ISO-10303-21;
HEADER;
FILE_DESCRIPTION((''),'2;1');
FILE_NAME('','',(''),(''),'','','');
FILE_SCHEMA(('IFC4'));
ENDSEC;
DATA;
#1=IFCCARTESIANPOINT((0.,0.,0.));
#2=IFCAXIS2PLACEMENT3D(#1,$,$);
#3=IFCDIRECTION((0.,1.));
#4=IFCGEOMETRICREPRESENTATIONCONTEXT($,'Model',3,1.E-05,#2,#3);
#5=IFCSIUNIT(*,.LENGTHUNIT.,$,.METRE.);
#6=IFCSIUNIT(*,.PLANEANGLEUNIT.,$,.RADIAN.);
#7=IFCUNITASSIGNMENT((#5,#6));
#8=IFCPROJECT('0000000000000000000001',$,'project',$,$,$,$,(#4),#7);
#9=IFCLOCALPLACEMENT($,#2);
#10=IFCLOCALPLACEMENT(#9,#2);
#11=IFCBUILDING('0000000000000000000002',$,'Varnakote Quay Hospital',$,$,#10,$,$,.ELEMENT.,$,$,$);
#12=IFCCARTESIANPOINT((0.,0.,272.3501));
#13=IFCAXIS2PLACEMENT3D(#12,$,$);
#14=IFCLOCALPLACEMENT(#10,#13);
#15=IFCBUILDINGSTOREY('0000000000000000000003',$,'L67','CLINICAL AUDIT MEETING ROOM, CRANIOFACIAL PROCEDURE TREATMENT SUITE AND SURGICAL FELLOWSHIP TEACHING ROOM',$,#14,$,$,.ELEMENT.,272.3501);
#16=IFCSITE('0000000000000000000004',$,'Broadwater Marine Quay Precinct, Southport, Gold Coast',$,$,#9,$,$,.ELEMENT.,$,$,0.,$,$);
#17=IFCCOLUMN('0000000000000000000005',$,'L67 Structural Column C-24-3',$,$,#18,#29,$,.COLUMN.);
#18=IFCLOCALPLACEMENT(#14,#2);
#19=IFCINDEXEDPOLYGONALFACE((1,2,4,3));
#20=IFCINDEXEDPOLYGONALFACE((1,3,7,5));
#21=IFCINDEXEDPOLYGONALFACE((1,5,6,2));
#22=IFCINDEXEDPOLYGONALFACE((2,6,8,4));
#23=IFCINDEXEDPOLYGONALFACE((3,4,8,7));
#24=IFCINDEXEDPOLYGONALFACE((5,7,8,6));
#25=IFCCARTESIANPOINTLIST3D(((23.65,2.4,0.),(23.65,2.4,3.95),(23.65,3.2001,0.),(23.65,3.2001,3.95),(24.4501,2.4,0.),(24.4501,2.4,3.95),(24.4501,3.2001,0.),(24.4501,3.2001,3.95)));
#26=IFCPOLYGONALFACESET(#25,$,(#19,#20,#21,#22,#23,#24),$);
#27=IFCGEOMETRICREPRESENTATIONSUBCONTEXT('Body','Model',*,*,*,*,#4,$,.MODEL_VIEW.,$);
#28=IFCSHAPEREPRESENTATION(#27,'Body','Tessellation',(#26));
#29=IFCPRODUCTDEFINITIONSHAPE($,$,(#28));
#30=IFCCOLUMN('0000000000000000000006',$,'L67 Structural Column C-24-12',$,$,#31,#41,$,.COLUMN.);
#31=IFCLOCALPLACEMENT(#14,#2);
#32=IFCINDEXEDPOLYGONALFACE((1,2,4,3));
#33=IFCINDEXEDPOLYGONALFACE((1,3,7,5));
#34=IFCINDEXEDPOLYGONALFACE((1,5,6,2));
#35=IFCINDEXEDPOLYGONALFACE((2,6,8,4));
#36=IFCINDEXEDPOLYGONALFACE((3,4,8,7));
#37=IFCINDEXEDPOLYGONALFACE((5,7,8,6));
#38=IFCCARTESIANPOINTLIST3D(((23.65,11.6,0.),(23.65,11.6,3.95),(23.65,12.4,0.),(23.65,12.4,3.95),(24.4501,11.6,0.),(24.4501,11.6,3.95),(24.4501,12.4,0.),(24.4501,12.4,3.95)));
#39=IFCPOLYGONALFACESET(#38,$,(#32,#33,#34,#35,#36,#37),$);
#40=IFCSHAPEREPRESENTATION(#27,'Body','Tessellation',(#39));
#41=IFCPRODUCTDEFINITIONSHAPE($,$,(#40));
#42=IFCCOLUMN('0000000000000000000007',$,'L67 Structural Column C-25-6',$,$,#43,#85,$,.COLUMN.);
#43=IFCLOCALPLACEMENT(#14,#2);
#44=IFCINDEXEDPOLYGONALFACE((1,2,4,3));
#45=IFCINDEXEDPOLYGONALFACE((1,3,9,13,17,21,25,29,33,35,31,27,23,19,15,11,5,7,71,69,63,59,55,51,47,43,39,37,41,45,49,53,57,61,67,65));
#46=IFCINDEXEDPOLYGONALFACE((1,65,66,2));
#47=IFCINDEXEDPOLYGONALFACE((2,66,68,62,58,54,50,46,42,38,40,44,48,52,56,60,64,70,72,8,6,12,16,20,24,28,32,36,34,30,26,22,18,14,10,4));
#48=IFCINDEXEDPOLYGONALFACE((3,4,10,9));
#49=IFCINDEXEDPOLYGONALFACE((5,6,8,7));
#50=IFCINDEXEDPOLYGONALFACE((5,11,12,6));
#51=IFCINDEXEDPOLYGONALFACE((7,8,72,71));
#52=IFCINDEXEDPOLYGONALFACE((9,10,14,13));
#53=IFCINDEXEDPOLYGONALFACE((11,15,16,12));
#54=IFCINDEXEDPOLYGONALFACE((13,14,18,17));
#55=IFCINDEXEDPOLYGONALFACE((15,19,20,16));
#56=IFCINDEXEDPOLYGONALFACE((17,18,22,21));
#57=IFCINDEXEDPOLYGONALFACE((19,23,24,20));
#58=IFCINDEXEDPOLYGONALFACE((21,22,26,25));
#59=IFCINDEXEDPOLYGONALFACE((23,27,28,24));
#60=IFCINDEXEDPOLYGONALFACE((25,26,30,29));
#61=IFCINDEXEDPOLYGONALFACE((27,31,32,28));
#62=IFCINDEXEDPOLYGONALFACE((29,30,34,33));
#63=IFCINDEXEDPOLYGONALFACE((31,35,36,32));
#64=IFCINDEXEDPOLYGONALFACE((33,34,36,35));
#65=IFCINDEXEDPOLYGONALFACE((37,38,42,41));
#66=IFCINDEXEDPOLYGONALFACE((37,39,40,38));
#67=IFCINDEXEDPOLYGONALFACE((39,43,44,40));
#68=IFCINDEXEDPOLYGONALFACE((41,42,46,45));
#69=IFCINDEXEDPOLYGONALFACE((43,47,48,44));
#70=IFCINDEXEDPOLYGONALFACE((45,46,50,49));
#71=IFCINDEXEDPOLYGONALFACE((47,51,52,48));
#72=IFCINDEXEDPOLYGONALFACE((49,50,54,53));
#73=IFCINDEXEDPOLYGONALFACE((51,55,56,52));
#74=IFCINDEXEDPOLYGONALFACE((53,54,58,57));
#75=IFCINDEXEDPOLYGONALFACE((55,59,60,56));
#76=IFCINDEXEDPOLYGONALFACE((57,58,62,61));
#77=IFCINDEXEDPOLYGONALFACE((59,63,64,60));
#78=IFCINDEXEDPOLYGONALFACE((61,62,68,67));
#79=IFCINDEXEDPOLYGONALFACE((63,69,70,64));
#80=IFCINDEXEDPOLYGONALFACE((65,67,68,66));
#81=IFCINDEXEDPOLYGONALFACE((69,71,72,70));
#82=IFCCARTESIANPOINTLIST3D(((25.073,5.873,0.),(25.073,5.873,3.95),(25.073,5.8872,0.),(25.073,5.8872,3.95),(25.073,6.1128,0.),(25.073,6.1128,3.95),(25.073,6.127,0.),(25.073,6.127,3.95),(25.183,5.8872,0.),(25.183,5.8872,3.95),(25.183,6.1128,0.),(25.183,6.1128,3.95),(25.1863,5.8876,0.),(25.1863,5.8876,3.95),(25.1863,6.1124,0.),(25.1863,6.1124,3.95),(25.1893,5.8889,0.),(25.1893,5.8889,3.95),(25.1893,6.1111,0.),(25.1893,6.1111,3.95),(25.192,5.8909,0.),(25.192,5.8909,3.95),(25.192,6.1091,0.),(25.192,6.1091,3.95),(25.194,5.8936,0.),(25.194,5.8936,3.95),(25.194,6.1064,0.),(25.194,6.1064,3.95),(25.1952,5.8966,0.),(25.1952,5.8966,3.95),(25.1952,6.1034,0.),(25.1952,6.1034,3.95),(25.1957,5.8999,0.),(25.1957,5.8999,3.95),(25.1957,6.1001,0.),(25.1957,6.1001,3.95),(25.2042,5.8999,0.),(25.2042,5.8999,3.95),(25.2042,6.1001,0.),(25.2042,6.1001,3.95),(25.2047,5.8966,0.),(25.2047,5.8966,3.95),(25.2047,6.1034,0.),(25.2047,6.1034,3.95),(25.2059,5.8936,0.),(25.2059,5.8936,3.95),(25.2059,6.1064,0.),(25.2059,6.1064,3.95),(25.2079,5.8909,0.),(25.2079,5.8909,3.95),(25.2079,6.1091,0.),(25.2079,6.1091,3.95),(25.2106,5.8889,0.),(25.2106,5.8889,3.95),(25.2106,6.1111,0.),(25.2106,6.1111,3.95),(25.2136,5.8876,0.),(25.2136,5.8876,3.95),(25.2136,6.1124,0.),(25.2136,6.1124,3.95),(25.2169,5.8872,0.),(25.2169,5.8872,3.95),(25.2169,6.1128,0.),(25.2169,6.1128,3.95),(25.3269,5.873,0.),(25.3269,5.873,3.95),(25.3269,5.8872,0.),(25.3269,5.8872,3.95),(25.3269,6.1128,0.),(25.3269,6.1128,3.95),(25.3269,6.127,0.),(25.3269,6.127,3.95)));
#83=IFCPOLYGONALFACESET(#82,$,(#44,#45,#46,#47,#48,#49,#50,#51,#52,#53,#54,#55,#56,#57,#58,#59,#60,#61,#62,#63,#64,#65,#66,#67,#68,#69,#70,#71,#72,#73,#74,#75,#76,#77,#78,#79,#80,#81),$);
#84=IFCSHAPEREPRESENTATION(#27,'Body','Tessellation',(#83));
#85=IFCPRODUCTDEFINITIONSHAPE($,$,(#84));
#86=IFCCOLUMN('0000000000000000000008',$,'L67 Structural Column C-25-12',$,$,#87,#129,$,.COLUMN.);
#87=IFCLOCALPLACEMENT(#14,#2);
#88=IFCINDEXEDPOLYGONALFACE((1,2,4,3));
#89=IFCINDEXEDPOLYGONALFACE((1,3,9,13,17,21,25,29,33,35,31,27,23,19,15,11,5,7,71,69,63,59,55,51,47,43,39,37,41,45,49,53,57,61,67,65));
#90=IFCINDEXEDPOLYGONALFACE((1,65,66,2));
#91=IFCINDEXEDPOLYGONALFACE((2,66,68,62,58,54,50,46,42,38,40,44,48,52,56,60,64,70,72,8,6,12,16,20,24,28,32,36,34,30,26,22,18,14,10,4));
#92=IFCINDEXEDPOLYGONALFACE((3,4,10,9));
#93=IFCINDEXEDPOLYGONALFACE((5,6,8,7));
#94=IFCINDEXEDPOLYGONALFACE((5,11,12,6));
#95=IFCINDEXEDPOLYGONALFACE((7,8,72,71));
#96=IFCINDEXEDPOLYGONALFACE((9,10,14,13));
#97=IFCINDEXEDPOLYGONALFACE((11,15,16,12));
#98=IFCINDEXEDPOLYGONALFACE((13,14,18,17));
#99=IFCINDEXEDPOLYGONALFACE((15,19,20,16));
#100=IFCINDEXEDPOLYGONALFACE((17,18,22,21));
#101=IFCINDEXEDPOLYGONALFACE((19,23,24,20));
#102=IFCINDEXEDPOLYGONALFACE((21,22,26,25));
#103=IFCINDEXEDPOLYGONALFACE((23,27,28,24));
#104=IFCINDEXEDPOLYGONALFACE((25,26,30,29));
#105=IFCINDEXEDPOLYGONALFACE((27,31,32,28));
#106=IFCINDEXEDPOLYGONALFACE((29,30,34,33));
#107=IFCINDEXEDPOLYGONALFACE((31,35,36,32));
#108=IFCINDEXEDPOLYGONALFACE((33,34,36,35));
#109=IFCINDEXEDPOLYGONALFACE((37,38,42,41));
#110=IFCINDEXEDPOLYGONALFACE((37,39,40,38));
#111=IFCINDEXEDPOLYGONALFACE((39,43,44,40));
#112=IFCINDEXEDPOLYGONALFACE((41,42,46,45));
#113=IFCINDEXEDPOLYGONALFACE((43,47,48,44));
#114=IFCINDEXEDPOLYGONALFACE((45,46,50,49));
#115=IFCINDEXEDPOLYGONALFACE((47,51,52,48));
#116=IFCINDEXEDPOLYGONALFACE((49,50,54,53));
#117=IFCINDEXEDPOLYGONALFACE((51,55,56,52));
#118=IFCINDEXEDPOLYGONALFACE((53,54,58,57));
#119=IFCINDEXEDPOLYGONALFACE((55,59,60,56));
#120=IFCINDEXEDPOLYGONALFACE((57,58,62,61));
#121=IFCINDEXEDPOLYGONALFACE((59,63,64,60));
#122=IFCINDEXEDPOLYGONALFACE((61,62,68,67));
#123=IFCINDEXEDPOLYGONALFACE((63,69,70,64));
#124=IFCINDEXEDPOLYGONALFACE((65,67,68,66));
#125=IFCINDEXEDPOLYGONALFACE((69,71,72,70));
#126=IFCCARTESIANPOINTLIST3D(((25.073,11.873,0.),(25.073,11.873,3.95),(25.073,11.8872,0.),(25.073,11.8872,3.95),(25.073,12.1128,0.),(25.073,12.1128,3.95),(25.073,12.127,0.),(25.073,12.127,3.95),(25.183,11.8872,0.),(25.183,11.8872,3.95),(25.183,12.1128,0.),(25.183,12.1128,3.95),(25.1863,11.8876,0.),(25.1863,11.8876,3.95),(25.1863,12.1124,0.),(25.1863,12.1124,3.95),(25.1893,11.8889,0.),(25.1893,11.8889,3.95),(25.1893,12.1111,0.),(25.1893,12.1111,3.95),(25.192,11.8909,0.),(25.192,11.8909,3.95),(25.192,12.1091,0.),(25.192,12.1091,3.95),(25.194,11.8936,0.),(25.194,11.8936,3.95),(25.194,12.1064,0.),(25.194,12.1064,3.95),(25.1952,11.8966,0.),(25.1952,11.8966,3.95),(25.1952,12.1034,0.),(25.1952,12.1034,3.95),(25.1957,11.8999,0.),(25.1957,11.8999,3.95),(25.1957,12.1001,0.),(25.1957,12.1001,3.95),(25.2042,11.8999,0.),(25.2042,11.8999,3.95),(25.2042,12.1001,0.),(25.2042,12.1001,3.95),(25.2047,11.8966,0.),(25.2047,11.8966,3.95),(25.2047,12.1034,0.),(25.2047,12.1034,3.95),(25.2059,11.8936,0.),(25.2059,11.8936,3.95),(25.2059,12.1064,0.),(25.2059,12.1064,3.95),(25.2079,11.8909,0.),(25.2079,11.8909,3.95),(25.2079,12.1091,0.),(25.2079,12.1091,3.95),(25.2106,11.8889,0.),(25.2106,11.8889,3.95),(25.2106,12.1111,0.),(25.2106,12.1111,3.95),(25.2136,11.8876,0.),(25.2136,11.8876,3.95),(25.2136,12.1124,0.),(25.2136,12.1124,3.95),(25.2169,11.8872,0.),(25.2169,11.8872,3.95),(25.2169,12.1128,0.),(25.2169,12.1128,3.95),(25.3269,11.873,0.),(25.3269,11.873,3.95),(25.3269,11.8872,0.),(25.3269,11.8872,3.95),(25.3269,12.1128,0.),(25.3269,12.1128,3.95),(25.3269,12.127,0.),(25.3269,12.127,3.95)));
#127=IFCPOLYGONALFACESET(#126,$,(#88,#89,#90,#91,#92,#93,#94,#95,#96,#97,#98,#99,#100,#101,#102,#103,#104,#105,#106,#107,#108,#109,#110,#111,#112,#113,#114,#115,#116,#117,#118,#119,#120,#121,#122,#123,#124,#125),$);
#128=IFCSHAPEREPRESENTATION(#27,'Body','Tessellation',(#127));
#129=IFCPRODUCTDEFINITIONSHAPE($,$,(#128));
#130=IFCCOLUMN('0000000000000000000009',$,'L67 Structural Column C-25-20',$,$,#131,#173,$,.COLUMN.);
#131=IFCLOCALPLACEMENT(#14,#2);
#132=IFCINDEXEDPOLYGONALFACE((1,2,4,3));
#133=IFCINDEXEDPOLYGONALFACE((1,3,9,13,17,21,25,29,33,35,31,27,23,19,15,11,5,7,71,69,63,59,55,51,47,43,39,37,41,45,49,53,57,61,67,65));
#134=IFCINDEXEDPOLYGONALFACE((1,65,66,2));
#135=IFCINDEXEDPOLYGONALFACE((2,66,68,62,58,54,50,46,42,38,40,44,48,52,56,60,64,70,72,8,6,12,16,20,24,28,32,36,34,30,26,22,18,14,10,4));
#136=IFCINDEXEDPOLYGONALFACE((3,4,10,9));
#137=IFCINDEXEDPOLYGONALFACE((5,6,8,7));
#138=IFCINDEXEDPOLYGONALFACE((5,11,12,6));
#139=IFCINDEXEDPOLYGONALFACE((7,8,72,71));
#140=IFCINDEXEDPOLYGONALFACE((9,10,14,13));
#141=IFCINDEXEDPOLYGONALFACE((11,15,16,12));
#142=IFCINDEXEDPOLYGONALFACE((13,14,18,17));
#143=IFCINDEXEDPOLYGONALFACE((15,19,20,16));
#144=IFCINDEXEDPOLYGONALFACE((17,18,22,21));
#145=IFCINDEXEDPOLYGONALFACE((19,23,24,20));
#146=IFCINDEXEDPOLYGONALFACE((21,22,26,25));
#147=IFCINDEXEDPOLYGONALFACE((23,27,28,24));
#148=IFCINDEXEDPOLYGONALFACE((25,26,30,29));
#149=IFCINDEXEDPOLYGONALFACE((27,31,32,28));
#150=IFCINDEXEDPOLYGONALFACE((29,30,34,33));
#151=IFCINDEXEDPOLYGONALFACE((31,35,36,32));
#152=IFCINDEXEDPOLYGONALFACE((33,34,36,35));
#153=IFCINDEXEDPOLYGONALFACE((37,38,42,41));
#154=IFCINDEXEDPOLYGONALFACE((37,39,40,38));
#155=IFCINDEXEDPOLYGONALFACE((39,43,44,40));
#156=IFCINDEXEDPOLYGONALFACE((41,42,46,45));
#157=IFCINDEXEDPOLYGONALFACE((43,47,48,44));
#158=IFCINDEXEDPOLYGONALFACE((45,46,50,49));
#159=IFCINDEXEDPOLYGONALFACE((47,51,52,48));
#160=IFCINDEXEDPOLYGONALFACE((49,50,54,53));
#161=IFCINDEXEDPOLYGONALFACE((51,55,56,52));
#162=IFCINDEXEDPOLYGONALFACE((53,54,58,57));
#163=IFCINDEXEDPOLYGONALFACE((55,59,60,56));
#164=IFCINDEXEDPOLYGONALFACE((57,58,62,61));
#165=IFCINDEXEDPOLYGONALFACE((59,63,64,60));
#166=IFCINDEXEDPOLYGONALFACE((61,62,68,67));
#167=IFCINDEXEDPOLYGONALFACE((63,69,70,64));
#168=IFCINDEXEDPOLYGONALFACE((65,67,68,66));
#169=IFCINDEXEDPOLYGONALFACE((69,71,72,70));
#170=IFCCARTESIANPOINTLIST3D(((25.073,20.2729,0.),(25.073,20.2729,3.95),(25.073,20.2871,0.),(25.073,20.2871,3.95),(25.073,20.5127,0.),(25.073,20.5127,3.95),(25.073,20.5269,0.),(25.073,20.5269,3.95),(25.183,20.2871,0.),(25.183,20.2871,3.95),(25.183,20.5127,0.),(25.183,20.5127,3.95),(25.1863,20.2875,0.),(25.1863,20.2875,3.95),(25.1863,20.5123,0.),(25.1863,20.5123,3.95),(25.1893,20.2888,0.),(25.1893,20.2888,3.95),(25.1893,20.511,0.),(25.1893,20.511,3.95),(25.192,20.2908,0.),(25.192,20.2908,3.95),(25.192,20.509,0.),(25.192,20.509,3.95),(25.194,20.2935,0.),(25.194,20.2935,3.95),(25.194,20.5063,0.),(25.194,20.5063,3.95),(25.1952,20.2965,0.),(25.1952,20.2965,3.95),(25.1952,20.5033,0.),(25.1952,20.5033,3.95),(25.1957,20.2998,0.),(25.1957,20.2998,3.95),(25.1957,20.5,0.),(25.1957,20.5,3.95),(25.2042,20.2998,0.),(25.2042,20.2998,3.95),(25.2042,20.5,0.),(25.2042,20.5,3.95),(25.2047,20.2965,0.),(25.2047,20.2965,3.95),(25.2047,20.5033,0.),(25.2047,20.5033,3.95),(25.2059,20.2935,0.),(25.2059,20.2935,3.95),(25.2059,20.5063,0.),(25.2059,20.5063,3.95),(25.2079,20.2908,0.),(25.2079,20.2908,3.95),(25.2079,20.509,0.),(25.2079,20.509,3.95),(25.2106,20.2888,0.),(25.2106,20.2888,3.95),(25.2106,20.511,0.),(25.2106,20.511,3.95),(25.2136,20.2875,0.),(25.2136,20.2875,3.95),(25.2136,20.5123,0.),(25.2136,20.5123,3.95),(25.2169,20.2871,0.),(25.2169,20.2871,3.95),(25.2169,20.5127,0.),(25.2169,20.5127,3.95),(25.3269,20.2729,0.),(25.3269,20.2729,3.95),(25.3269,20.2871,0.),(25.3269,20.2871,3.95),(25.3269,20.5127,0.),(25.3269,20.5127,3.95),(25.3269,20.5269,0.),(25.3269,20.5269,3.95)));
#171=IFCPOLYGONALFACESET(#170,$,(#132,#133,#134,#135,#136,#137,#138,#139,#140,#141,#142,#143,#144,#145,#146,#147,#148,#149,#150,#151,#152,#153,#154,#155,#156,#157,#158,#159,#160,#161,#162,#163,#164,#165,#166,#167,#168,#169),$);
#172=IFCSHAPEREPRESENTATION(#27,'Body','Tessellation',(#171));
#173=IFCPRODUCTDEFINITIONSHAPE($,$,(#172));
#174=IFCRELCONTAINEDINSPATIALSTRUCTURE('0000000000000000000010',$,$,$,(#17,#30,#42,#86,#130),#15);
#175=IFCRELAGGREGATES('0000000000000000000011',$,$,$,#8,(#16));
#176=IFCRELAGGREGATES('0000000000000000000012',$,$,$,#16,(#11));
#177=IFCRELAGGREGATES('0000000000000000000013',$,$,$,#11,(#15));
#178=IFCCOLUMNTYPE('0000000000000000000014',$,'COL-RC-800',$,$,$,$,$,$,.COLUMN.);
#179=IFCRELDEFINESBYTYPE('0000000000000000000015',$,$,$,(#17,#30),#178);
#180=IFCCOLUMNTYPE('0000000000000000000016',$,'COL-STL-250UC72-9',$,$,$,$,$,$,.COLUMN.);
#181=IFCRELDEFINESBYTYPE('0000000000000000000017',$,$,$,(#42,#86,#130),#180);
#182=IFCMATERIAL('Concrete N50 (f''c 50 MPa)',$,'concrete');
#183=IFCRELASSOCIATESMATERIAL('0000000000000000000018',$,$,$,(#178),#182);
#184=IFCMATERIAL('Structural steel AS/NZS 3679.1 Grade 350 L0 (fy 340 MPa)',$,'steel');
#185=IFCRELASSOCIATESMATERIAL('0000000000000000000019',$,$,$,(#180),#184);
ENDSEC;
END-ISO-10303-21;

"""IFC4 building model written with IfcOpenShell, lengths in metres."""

from ifc_helpers import new_model, si_unit, direction, frame, origin, origin_2d, place, context, subcontext, project, spatial, rectangle, i_section, extrude, material, material_profile, profile_set, type_object, element, save


model = new_model("IFC4")

# Units and contexts
model_context = context("Model", 3, precision=1e-05, world=origin(), true_north=direction((0.0, 1.0)))
body_context = subcontext(model_context, "Body", "Model", "MODEL_VIEW")
ifc_project = project(units=[si_unit("LENGTHUNIT", "METRE"), si_unit("PLANEANGLEUNIT", "RADIAN")], contexts=[model_context])

# Site, building, storey
site_placement = place(None, origin())
site = spatial("IfcSite", under=ifc_project, at=site_placement, Name="Broadwater Marine Quay Precinct, Southport, Gold Coast", CompositionType="ELEMENT", RefElevation=0.0)
building_placement = place(site_placement, origin())
building = spatial("IfcBuilding", under=site, at=building_placement, Name="Varnakote Quay Hospital", CompositionType="ELEMENT")
storey_placement = place(building_placement, frame((0.0, 0.0, 272.3501)))
storey = spatial("IfcBuildingStorey", under=building, at=storey_placement, Name="L67", Description="CLINICAL AUDIT MEETING ROOM, CRANIOFACIAL PROCEDURE TREATMENT SUITE AND SURGICAL FELLOWSHIP TEACHING ROOM", CompositionType="ELEMENT", Elevation=272.3501)

# Columns
ifc_material_1 = material(Name="Concrete N50 (f'c 50 MPa)", Category="concrete")
ifc_material_profile_1 = material_profile(ifc_material_1, rectangle(XDim=0.8, YDim=0.8, at=origin_2d()), Name="RC-COL-800x800")
ifc_profile_set_1 = profile_set([ifc_material_profile_1], Name="Concrete N50 (f'c 50 MPa)")
column_type_1 = type_object("IfcColumnType", Name="COL-RC-800", PredefinedType="COLUMN", material=ifc_profile_set_1)
for number, where, z_axis, x_axis, name in (
    (1, (24.05, 2.8, 0.0), (0.0, 0.0, 1.0), (1.0, 0.0, 0.0), "L67 Structural Column C-24-3"),
    (2, (24.05, 12.0, 0.0), (0.0, 0.0, 1.0), (1.0, 0.0, 0.0), "L67 Structural Column C-24-12"),
):
    element("IfcColumn", number, at=place(storey_placement, frame(where, z_axis=z_axis, x_axis=x_axis)), inside=storey, type_object=column_type_1, Name=name, PredefinedType="COLUMN", context=body_context, shape_type="SweptSolid", body=[
        extrude(rectangle(XDim=0.8, YDim=0.8, at=origin_2d()), origin(), (0.0, 0.0, 1.0), 3.95),
    ])
ifc_material_2 = material(Name="Structural steel AS/NZS 3679.1 Grade 350 L0 (fy 340 MPa)", Category="steel")
ifc_material_profile_2 = material_profile(ifc_material_2, i_section(OverallWidth=0.2539, OverallDepth=0.2539, WebThickness=0.0085, FlangeThickness=0.0142, FilletRadius=0.0127, at=origin_2d()), Name="250UC72.9")
ifc_profile_set_2 = profile_set([ifc_material_profile_2], Name="Structural steel AS/NZS 3679.1 Grade 350 L0 (fy 340 MPa)")
column_type_2 = type_object("IfcColumnType", Name="COL-STL-250UC72-9", PredefinedType="COLUMN", material=ifc_profile_set_2)
for number, where, z_axis, x_axis, name in (
    (3, (25.2, 6.0, 0.0), (0.0, 0.0, 1.0), (1.0, 0.0, 0.0), "L67 Structural Column C-25-6"),
    (4, (25.2, 12.0, 0.0), (0.0, 0.0, 1.0), (1.0, 0.0, 0.0), "L67 Structural Column C-25-12"),
    (5, (25.2, 20.3999, 0.0), (0.0, 0.0, 1.0), (1.0, 0.0, 0.0), "L67 Structural Column C-25-20"),
):
    element("IfcColumn", number, at=place(storey_placement, frame(where, z_axis=z_axis, x_axis=x_axis)), inside=storey, type_object=column_type_2, Name=name, PredefinedType="COLUMN", context=body_context, shape_type="SweptSolid", body=[
        extrude(i_section(OverallWidth=0.2539, OverallDepth=0.2539, WebThickness=0.0085, FlangeThickness=0.0142, FilletRadius=0.0127, at=origin_2d()), origin(), (0.0, 0.0, 1.0), 3.95),
    ])

save(model, "model.ifc")
